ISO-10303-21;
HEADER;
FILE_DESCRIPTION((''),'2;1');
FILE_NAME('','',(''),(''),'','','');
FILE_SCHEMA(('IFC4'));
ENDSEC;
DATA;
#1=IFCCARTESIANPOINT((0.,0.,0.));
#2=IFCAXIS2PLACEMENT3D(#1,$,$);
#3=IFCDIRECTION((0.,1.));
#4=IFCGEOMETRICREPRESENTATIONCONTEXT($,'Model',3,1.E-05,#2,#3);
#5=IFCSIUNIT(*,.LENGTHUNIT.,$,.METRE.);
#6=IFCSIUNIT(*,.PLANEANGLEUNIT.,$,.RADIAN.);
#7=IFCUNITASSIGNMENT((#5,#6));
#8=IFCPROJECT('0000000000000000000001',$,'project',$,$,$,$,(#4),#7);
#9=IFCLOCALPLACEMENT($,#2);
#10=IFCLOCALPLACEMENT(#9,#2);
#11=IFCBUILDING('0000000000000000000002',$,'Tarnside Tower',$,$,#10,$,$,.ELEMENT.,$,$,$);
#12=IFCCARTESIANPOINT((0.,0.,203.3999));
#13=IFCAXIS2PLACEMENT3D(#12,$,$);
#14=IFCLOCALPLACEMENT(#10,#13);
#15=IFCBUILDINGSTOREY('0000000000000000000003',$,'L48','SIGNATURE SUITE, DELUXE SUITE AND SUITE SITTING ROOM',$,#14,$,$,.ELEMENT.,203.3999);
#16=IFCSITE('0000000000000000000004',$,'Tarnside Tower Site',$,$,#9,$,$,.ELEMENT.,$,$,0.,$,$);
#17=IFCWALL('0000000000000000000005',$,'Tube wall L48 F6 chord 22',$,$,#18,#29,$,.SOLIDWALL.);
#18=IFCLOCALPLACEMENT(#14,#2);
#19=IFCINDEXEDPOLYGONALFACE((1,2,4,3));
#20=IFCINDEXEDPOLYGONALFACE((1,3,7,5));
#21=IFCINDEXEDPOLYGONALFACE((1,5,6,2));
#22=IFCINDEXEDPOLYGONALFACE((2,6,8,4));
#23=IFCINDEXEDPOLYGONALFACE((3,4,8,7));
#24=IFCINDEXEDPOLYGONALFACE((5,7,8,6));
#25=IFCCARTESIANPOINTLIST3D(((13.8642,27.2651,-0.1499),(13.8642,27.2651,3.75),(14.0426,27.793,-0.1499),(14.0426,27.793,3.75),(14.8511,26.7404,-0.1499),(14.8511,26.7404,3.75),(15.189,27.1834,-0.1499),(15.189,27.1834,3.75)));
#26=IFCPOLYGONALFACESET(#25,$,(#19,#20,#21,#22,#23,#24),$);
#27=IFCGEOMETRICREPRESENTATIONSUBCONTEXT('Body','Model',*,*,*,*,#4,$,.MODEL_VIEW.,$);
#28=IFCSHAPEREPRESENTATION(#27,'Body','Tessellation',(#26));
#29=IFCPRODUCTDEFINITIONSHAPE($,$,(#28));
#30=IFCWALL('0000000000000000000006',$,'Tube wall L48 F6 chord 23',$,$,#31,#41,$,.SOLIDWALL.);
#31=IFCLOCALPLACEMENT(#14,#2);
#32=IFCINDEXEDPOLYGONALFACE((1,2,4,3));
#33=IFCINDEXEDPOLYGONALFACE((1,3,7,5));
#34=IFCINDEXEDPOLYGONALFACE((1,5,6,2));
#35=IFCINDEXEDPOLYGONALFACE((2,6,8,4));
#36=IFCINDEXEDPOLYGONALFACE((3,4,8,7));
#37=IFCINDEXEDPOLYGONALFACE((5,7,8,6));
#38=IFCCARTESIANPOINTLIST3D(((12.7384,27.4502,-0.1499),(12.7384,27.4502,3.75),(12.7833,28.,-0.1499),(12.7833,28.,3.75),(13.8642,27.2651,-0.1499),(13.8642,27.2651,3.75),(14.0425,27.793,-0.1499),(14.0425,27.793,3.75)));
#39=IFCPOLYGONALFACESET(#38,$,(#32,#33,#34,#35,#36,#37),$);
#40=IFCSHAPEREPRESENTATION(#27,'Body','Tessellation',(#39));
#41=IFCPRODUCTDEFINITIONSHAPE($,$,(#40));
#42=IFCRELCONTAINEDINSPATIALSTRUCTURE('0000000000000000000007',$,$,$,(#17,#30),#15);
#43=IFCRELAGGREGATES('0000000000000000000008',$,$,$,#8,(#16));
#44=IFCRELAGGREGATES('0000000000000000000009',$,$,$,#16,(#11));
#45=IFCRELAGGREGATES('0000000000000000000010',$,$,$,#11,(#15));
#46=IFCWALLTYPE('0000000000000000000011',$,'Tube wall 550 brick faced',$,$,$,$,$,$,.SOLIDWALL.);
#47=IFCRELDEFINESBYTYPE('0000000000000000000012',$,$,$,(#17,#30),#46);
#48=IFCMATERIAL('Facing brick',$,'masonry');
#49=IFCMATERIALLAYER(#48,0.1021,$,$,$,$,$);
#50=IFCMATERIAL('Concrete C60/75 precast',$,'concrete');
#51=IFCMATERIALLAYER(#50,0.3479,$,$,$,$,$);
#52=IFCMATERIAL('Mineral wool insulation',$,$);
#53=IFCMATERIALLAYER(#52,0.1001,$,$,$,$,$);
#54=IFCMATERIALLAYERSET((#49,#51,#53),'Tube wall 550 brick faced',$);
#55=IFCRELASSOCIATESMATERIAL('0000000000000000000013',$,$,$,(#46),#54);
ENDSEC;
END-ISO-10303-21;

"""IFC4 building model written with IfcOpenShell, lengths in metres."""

from ifc_helpers import new_model, si_unit, direction, frame, origin, place, context, subcontext, project, spatial, polyline, outline, extrude, material, layer, layer_set, type_object, element, save


model = new_model("IFC4")

# Units and contexts
model_context = context("Model", 3, precision=1e-05, world=origin(), true_north=direction((0.0, 1.0)))
body_context = subcontext(model_context, "Body", "Model", "MODEL_VIEW")
ifc_project = project(units=[si_unit("LENGTHUNIT", "METRE"), si_unit("PLANEANGLEUNIT", "RADIAN")], contexts=[model_context])

# Site, building, storey
site_placement = place(None, origin())
site = spatial("IfcSite", under=ifc_project, at=site_placement, Name="Tarnside Tower Site", CompositionType="ELEMENT", RefElevation=0.0)
building_placement = place(site_placement, origin())
building = spatial("IfcBuilding", under=site, at=building_placement, Name="Tarnside Tower", CompositionType="ELEMENT")
storey_placement = place(building_placement, frame((0.0, 0.0, 203.3999)))
storey = spatial("IfcBuildingStorey", under=building, at=storey_placement, Name="L48", Description="SIGNATURE SUITE, DELUXE SUITE AND SUITE SITTING ROOM", CompositionType="ELEMENT", Elevation=203.3999)

# Shared definitions
ifc_material_1 = material(Name="Facing brick", Category="masonry")
ifc_layer_1 = layer(ifc_material_1, 0.1021)
ifc_material_2 = material(Name="Concrete C60/75 precast", Category="concrete")
ifc_layer_2 = layer(ifc_material_2, 0.3479)
ifc_material_3 = material(Name="Mineral wool insulation")
ifc_layer_3 = layer(ifc_material_3, 0.1001)
ifc_layer_set_1 = layer_set([ifc_layer_1, ifc_layer_2, ifc_layer_3], Name="Tube wall 550 brick faced")
wall_type_1 = type_object("IfcWallType", Name="Tube wall 550 brick faced", PredefinedType="SOLIDWALL", material=ifc_layer_set_1)

# Walls
wall_1_placement = place(storey_placement, frame((15.02, 26.9619, -0.1499), z_axis=(0.0, 0.0, 1.0), x_axis=(-0.882951, 0.469465, 0.0)))
element("IfcWall", 1, at=wall_1_placement, inside=storey, type_object=wall_type_1, Name="Tube wall L48 F6 chord 22", PredefinedType="SOLIDWALL", context=body_context, shape_type="SweptSolid", body=[
    extrude(outline(polyline([(-0.0452, -0.2749), (1.2532, -0.2749), (1.1628, 0.2749), (0.0452, 0.2749), (-0.0452, -0.2749)])), origin(), (0.0, 0.0, 1.0), 3.8999),
])
wall_2_placement = place(storey_placement, frame((13.9534, 27.5291, -0.1499), z_axis=(0.0, 0.0, 1.0), x_axis=(-0.986752, 0.162236, 0.0)))
element("IfcWall", 2, at=wall_2_placement, inside=storey, type_object=wall_type_1, Name="Tube wall L48 F6 chord 23", PredefinedType="SOLIDWALL", context=body_context, shape_type="SweptSolid", body=[
    extrude(outline(polyline([(-0.0452, -0.2749), (1.231, -0.2749), (1.186, 0.2749), (0.0452, 0.2749), (-0.0452, -0.2749)])), origin(), (0.0, 0.0, 1.0), 3.8999),
])

save(model, "model.ifc")
